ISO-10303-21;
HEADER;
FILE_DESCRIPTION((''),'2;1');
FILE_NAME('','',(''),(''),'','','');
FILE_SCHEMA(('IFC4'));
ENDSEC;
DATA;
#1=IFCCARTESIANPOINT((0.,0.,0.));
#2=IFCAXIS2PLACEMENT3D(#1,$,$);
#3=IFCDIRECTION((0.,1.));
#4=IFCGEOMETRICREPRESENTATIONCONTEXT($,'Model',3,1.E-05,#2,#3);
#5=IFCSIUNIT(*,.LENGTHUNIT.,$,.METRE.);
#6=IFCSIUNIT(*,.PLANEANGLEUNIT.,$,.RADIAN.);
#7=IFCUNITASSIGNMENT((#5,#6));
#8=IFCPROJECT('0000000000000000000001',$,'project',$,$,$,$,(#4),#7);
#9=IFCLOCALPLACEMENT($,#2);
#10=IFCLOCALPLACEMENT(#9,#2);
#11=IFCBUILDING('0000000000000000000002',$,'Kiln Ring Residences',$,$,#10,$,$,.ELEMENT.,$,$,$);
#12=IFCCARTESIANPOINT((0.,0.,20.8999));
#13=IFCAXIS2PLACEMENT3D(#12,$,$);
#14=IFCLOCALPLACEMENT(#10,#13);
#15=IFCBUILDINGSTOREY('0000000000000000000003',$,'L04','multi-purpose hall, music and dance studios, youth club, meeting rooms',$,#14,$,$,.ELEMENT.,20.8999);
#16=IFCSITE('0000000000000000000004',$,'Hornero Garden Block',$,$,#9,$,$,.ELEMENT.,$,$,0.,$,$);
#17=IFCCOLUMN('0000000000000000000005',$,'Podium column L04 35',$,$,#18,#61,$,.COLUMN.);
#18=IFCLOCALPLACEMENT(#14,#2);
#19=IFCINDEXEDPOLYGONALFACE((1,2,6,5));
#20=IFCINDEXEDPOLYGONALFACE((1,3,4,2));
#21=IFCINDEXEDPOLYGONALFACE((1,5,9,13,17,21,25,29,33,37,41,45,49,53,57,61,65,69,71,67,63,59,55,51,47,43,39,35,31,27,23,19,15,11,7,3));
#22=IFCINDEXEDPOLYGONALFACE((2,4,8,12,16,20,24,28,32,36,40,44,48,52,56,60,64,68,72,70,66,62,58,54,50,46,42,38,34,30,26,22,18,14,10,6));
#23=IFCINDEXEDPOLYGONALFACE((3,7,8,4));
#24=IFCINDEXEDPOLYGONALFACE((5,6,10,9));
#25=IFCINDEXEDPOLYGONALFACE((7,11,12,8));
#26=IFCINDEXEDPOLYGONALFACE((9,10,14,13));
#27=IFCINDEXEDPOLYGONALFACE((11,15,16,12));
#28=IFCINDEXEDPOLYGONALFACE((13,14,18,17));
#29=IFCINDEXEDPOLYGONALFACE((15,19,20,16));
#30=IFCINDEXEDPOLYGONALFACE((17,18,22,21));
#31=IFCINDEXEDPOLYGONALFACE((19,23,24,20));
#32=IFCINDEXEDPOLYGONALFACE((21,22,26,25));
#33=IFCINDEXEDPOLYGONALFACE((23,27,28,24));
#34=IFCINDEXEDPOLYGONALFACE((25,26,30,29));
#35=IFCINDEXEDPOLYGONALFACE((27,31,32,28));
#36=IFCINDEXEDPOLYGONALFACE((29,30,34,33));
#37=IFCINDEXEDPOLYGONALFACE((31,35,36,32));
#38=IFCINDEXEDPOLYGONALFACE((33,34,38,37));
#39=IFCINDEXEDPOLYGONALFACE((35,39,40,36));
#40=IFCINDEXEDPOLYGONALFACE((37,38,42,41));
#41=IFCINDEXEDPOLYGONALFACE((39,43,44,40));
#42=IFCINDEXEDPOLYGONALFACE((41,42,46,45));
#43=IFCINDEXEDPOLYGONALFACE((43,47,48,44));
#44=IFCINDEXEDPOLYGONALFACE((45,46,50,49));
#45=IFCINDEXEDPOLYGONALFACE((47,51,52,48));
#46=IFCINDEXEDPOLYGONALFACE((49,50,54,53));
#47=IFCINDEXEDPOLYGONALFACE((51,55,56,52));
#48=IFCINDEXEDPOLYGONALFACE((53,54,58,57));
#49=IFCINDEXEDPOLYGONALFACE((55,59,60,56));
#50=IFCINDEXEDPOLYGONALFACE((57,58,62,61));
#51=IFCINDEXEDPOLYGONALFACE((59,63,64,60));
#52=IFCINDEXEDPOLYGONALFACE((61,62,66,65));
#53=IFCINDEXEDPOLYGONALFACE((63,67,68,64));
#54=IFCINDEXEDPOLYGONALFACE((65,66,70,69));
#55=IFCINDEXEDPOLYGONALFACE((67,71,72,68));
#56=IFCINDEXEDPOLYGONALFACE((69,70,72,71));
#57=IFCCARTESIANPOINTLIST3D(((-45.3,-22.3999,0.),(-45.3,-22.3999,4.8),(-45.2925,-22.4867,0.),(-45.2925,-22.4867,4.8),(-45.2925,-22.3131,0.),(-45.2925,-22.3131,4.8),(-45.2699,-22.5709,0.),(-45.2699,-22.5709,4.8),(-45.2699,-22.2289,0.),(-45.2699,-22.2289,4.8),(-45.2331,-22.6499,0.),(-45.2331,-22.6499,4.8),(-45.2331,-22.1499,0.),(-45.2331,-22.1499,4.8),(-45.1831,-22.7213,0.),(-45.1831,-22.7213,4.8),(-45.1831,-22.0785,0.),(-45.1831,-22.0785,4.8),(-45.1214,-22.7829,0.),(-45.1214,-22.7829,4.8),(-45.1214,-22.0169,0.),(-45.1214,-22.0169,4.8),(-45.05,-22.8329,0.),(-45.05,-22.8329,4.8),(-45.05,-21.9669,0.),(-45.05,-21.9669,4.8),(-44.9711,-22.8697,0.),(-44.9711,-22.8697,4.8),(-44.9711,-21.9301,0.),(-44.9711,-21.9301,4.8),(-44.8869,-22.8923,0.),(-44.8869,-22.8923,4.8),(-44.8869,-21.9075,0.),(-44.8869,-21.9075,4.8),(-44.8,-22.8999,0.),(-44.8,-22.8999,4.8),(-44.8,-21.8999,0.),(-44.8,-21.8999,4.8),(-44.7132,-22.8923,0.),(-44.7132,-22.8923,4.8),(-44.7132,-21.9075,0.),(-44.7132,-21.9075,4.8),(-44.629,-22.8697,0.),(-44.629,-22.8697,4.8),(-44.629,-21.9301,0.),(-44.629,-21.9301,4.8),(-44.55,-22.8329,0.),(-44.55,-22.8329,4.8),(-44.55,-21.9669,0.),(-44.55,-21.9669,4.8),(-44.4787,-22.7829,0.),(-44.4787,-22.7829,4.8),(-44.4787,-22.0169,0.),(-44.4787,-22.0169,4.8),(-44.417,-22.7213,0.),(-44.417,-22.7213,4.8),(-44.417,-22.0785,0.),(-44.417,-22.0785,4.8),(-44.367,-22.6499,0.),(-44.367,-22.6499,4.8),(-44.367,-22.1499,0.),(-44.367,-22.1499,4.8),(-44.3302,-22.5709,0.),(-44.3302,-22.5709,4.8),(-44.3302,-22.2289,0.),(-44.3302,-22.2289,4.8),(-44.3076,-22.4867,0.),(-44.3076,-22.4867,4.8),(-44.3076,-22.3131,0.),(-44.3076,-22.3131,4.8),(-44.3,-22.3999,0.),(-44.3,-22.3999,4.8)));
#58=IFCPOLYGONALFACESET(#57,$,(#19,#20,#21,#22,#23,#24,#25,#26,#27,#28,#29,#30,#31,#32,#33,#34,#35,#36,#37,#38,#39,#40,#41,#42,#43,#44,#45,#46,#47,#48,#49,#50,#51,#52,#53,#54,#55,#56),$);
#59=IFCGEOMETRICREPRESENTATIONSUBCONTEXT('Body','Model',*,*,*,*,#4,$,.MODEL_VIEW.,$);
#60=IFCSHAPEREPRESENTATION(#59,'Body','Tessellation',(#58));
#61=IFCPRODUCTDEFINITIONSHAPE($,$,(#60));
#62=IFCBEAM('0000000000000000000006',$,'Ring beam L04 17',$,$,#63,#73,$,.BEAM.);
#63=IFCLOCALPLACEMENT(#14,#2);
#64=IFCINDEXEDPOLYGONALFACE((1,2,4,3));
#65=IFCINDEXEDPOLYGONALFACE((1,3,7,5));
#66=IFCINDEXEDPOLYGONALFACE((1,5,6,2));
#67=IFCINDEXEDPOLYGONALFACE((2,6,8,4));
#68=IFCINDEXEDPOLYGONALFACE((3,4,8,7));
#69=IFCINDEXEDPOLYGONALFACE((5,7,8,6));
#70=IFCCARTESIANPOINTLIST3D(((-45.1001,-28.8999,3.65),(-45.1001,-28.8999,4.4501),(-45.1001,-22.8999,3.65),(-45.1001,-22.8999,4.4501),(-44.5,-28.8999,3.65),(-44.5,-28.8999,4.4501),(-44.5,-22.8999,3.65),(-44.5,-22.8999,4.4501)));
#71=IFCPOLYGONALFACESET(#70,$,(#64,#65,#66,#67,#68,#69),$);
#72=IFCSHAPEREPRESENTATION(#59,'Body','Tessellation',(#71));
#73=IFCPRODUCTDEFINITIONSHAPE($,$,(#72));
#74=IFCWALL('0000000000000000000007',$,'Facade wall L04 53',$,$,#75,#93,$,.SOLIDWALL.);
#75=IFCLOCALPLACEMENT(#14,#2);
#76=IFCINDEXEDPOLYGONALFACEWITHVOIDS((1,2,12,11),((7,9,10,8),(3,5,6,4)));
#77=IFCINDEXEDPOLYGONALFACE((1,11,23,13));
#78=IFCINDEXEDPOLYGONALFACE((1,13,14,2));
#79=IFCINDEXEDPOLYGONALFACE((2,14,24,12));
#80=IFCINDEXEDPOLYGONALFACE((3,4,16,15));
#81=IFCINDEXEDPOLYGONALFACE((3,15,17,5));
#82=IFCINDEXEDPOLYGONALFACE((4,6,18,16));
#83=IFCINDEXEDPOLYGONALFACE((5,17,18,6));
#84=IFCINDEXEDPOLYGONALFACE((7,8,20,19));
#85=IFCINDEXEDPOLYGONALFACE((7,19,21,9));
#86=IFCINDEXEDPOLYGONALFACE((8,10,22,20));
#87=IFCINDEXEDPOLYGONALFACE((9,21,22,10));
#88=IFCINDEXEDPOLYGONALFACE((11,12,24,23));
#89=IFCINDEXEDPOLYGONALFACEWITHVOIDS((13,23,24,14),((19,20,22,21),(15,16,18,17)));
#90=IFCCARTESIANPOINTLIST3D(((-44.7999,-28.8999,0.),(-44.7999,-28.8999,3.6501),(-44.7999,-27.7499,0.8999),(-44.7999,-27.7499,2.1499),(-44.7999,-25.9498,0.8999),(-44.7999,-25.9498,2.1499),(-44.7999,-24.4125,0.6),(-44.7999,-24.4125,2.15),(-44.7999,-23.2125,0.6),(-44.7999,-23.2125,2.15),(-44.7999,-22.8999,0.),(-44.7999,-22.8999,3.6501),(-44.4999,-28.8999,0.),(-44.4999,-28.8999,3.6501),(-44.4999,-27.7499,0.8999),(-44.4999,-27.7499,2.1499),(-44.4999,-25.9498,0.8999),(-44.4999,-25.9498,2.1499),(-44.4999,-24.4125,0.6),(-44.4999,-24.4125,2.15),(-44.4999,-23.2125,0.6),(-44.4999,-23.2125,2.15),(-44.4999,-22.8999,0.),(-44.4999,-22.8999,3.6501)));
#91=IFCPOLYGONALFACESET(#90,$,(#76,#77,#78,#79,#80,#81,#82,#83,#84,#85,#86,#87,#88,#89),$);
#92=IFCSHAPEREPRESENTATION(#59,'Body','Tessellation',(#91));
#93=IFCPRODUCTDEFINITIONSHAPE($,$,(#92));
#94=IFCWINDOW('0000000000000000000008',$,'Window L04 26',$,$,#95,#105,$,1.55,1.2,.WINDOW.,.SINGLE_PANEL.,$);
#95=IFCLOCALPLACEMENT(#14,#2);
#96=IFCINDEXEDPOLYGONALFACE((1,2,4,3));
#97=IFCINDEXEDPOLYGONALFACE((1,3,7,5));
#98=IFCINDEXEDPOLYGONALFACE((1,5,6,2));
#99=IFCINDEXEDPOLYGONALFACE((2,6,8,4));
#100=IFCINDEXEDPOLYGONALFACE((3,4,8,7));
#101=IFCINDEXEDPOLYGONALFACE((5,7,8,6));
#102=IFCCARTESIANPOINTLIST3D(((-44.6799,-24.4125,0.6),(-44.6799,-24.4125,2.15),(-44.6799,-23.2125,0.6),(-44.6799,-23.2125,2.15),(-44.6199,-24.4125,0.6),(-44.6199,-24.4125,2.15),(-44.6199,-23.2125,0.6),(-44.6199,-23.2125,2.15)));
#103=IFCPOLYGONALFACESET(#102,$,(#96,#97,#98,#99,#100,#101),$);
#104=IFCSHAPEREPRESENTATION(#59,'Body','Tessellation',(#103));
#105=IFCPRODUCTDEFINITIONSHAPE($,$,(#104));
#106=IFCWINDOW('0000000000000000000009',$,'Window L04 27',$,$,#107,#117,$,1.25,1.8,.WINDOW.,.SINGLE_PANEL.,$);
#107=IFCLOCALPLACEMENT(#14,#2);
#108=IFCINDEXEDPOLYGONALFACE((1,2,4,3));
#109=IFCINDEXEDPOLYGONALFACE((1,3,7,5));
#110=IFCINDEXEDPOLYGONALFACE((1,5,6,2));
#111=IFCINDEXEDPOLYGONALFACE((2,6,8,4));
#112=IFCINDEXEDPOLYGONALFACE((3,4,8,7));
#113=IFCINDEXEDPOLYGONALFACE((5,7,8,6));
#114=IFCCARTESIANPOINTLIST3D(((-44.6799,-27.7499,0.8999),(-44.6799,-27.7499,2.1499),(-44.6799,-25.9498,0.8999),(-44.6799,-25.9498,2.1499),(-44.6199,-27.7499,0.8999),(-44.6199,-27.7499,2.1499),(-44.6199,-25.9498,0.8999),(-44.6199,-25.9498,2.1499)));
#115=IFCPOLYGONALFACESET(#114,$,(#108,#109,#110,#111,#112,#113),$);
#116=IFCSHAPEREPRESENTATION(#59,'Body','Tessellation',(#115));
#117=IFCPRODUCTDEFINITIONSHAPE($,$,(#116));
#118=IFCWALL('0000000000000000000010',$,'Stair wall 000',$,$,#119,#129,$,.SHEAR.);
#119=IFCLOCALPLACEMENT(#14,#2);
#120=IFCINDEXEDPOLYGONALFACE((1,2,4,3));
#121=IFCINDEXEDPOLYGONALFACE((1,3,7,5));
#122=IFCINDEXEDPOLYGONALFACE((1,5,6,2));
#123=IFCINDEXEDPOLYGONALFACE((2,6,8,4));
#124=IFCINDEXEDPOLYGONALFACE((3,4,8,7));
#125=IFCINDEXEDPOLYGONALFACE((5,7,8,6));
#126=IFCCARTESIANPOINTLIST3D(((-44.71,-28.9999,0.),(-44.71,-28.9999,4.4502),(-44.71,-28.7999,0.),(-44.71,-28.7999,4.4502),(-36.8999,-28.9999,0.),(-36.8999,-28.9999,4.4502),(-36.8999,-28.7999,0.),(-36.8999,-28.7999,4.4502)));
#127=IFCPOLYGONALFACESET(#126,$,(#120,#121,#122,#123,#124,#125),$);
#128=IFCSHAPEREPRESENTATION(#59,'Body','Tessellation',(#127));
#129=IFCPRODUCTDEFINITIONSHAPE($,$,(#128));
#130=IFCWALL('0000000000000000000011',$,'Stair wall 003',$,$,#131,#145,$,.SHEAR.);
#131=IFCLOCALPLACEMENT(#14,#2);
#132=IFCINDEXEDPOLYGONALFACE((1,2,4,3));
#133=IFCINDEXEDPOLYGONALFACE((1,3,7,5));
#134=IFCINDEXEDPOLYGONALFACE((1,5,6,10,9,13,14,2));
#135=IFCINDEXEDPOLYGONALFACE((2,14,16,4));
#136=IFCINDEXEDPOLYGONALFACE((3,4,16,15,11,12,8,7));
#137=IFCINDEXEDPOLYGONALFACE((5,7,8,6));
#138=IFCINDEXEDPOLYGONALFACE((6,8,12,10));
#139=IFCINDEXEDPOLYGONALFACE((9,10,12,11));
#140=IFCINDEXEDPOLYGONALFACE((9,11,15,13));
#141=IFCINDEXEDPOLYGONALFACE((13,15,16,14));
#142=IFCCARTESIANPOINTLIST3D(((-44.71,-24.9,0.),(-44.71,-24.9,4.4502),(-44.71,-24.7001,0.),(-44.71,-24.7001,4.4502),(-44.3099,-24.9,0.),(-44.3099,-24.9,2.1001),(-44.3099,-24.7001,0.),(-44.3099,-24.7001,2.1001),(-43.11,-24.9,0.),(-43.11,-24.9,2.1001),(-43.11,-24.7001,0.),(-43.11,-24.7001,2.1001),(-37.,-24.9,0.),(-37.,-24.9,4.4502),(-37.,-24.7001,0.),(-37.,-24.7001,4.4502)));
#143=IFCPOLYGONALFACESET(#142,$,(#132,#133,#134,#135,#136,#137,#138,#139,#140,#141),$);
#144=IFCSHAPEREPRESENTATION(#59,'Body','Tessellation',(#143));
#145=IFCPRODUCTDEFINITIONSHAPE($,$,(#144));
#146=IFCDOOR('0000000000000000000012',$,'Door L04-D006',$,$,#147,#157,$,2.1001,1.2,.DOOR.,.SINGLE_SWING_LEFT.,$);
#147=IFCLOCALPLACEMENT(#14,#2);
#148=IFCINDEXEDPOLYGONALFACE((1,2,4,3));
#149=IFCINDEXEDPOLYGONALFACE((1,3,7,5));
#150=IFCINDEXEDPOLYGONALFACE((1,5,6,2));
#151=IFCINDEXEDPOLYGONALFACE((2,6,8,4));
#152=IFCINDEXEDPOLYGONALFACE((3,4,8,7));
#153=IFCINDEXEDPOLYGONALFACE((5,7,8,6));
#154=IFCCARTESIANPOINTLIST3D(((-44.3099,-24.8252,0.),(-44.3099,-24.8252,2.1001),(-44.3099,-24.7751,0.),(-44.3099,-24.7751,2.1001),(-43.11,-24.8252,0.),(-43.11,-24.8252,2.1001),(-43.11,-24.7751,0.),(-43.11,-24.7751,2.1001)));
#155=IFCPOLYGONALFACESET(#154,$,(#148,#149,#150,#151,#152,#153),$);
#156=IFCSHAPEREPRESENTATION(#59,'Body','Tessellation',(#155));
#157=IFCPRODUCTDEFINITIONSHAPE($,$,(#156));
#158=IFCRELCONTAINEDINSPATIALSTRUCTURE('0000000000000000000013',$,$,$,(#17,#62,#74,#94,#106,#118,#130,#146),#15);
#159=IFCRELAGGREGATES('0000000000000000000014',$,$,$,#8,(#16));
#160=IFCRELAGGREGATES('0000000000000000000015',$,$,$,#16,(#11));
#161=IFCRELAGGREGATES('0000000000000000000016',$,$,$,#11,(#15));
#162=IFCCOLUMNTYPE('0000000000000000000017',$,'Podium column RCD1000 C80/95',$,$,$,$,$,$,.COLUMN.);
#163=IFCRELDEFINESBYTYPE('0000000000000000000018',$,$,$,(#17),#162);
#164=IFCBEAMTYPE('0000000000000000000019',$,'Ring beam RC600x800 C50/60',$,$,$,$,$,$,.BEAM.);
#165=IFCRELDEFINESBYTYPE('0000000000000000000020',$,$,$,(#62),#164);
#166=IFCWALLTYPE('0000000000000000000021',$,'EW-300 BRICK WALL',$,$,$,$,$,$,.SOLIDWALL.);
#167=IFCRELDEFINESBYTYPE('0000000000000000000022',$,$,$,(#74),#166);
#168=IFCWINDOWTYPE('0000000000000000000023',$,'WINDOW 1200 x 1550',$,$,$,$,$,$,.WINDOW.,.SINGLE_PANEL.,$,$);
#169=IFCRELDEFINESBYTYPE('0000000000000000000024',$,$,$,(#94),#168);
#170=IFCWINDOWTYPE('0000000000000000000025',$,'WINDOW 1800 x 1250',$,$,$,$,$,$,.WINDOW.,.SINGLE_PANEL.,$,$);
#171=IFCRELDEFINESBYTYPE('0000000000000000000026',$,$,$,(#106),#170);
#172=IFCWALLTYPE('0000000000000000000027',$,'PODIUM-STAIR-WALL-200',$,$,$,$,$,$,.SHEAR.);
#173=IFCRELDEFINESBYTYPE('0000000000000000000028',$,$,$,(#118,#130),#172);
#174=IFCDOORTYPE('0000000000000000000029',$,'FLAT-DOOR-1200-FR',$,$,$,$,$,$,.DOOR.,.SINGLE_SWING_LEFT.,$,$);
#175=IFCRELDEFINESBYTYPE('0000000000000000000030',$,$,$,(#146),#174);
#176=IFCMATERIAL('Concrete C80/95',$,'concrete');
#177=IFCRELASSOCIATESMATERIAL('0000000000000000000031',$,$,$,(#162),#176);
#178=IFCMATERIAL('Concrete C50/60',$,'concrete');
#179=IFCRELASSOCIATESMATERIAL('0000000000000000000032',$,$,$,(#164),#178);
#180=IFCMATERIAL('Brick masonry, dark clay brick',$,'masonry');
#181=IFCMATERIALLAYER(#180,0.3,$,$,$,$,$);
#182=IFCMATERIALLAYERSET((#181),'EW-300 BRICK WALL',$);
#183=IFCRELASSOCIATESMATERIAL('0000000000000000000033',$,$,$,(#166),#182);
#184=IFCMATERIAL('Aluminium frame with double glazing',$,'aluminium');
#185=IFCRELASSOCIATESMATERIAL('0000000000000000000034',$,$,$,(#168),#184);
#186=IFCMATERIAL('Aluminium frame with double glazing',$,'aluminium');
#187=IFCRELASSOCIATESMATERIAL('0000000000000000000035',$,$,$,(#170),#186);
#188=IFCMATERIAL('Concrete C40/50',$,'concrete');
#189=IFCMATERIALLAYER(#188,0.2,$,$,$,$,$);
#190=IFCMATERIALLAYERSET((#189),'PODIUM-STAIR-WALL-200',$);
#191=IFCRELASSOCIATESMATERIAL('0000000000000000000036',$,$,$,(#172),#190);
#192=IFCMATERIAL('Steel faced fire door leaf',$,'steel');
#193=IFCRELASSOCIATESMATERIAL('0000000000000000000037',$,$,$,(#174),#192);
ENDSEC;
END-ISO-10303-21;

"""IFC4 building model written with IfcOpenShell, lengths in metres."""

from ifc_helpers import new_model, si_unit, direction, frame, frame_2d, origin, origin_2d, place, context, subcontext, project, spatial, rectangle, circle, extrude, material, layer, layer_set, material_profile, profile_set, type_object, element, fill, save


model = new_model("IFC4")

# Units and contexts
model_context = context("Model", 3, precision=1e-05, world=origin(), true_north=direction((0.0, 1.0)))
body_context = subcontext(model_context, "Body", "Model", "MODEL_VIEW")
ifc_project = project(units=[si_unit("LENGTHUNIT", "METRE"), si_unit("PLANEANGLEUNIT", "RADIAN")], contexts=[model_context])

# Site, building, storey
site_placement = place(None, origin())
site = spatial("IfcSite", under=ifc_project, at=site_placement, Name="Hornero Garden Block", CompositionType="ELEMENT", RefElevation=0.0)
building_placement = place(site_placement, origin())
building = spatial("IfcBuilding", under=site, at=building_placement, Name="Kiln Ring Residences", CompositionType="ELEMENT")
storey_placement = place(building_placement, frame((0.0, 0.0, 20.8999)))
storey = spatial("IfcBuildingStorey", under=building, at=storey_placement, Name="L04", Description="multi-purpose hall, music and dance studios, youth club, meeting rooms", CompositionType="ELEMENT", Elevation=20.8999)

# Column
ifc_material_1 = material(Name="Concrete C80/95", Category="concrete")
ifc_material_profile_1 = material_profile(ifc_material_1, circle(Radius=0.5, at=origin_2d()), Name="RCD1000")
ifc_profile_set_1 = profile_set([ifc_material_profile_1], Name="Concrete C80/95")
column_type = type_object("IfcColumnType", Name="Podium column RCD1000 C80/95", PredefinedType="COLUMN", material=ifc_profile_set_1)
column_placement = place(storey_placement, frame((-44.8, -22.3999, 0.0), z_axis=(0.0, 0.0, 1.0), x_axis=(1.0, 0.0, 0.0)))
element("IfcColumn", 1, at=column_placement, inside=storey, type_object=column_type, Name="Podium column L04 35", PredefinedType="COLUMN", context=body_context, shape_type="SweptSolid", body=[
    extrude(circle(Radius=0.5, at=origin_2d()), origin(), (0.0, 0.0, 1.0), 4.8),
])

# Beam
ifc_material_2 = material(Name="Concrete C50/60", Category="concrete")
ifc_material_profile_2 = material_profile(ifc_material_2, rectangle(XDim=0.6001, YDim=0.8, at=origin_2d()), Name="RC600x800")
ifc_profile_set_2 = profile_set([ifc_material_profile_2], Name="Concrete C50/60")
beam_type = type_object("IfcBeamType", Name="Ring beam RC600x800 C50/60", PredefinedType="BEAM", material=ifc_profile_set_2)
beam_placement = place(storey_placement, frame((-44.8, -22.8999, 4.05), z_axis=(0.0, -1.0, 0.0), x_axis=(1.0, 0.0, 0.0)))
element("IfcBeam", 2, at=beam_placement, inside=storey, type_object=beam_type, Name="Ring beam L04 17", PredefinedType="BEAM", context=body_context, shape_type="SweptSolid", body=[
    extrude(rectangle(XDim=0.6001, YDim=0.8, at=origin_2d()), origin(), (0.0, 0.0, 1.0), 6.0),
])

# Wall, openings, windows
ifc_material_3 = material(Name="Brick masonry, dark clay brick", Category="masonry")
ifc_layer_1 = layer(ifc_material_3, 0.3)
ifc_layer_set_1 = layer_set([ifc_layer_1], Name="EW-300 BRICK WALL")
wall_type_1 = type_object("IfcWallType", Name="EW-300 BRICK WALL", PredefinedType="SOLIDWALL", material=ifc_layer_set_1)
wall_1_placement = place(storey_placement, frame((-44.6499, -22.8999, 0.0), z_axis=(0.0, 0.0, 1.0), x_axis=(0.0, -1.0, 0.0)))
wall_1 = element("IfcWall", 3, at=wall_1_placement, inside=storey, type_object=wall_type_1, Name="Facade wall L04 53", PredefinedType="SOLIDWALL", context=body_context, shape_type="SweptSolid", body=[
    extrude(rectangle(XDim=6.0, YDim=0.3, at=frame_2d((3.0, 0.0))), origin(), (0.0, 0.0, 1.0), 3.6501),
])
opening_1_placement = place(wall_1_placement, frame((0.3125, 0.0, 0.6001)))
opening_1 = element("IfcOpeningElement", 4, at=opening_1_placement, cuts=wall_1, PredefinedType="OPENING", context=body_context, shape_type="SweptSolid", body=[
    extrude(rectangle(XDim=1.2, YDim=1.55, at=frame_2d((0.6001, 0.7749))), frame((0.0, 0.1599, 0.0), z_axis=(0.0, -1.0, 0.0), x_axis=(1.0, 0.0, 0.0)), (0.0, 0.0, 1.0), 0.3201),
])
opening_2_placement = place(wall_1_placement, frame((3.05, 0.0, 0.8999)))
opening_2 = element("IfcOpeningElement", 5, at=opening_2_placement, cuts=wall_1, PredefinedType="OPENING", context=body_context, shape_type="SweptSolid", body=[
    extrude(rectangle(XDim=1.8, YDim=1.25, at=frame_2d((0.8999, 0.625))), frame((0.0, 0.1599, 0.0), z_axis=(0.0, -1.0, 0.0), x_axis=(1.0, 0.0, 0.0)), (0.0, 0.0, 1.0), 0.3201),
])
ifc_material_4 = material(Name="Aluminium frame with double glazing", Category="aluminium")
window_type_1 = type_object("IfcWindowType", Name="WINDOW 1200 x 1550", PartitioningType="SINGLE_PANEL", PredefinedType="WINDOW", material=ifc_material_4)
window_1_placement = place(opening_1_placement, origin())
window_1 = element("IfcWindow", 6, at=window_1_placement, inside=storey, type_object=window_type_1, Name="Window L04 26", OverallHeight=1.55, OverallWidth=1.2, PartitioningType="SINGLE_PANEL", PredefinedType="WINDOW", context=body_context, shape_type="SweptSolid", body=[
    extrude(rectangle(XDim=1.2, YDim=1.55, at=frame_2d((0.6001, 0.7749))), frame((0.0, 0.03, 0.0), z_axis=(0.0, -1.0, 0.0), x_axis=(1.0, 0.0, 0.0)), (0.0, 0.0, 1.0), 0.0601),
])
fill(opening_1, window_1)
ifc_material_5 = material(Name="Aluminium frame with double glazing", Category="aluminium")
window_type_2 = type_object("IfcWindowType", Name="WINDOW 1800 x 1250", PartitioningType="SINGLE_PANEL", PredefinedType="WINDOW", material=ifc_material_5)
window_2_placement = place(opening_2_placement, origin())
window_2 = element("IfcWindow", 7, at=window_2_placement, inside=storey, type_object=window_type_2, Name="Window L04 27", OverallHeight=1.25, OverallWidth=1.8, PartitioningType="SINGLE_PANEL", PredefinedType="WINDOW", context=body_context, shape_type="SweptSolid", body=[
    extrude(rectangle(XDim=1.8, YDim=1.25, at=frame_2d((0.8999, 0.625))), frame((0.0, 0.03, 0.0), z_axis=(0.0, -1.0, 0.0), x_axis=(1.0, 0.0, 0.0)), (0.0, 0.0, 1.0), 0.0601),
])
fill(opening_2, window_2)

# Wall
ifc_material_6 = material(Name="Concrete C40/50", Category="concrete")
ifc_layer_2 = layer(ifc_material_6, 0.2)
ifc_layer_set_2 = layer_set([ifc_layer_2], Name="PODIUM-STAIR-WALL-200")
wall_type_2 = type_object("IfcWallType", Name="PODIUM-STAIR-WALL-200", PredefinedType="SHEAR", material=ifc_layer_set_2)
wall_2_placement = place(storey_placement, frame((-44.71, -28.8999, 0.0), z_axis=(0.0, 0.0, 1.0), x_axis=(1.0, 0.0, 0.0)))
element("IfcWall", 8, at=wall_2_placement, inside=storey, type_object=wall_type_2, Name="Stair wall 000", PredefinedType="SHEAR", context=body_context, shape_type="SweptSolid", body=[
    extrude(rectangle(XDim=7.8101, YDim=0.2, at=frame_2d((3.905, 0.0))), origin(), (0.0, 0.0, 1.0), 4.4502),
])

# Wall, opening, door
wall_3_placement = place(storey_placement, frame((-44.71, -24.8, 0.0), z_axis=(0.0, 0.0, 1.0), x_axis=(1.0, 0.0, 0.0)))
wall_3 = element("IfcWall", 9, at=wall_3_placement, inside=storey, type_object=wall_type_2, Name="Stair wall 003", PredefinedType="SHEAR", context=body_context, shape_type="SweptSolid", body=[
    extrude(rectangle(XDim=7.71, YDim=0.2, at=frame_2d((3.855, 0.0))), origin(), (0.0, 0.0, 1.0), 4.4502),
])
opening_3_placement = place(wall_3_placement, frame((0.3999, 0.0, 0.0)))
opening_3 = element("IfcOpeningElement", 10, at=opening_3_placement, cuts=wall_3, PredefinedType="OPENING", context=body_context, shape_type="SweptSolid", body=[
    extrude(rectangle(XDim=1.2, YDim=2.1001, at=frame_2d((0.6001, 1.05))), frame((0.0, 0.1099, 0.0), z_axis=(0.0, -1.0, 0.0), x_axis=(1.0, 0.0, 0.0)), (0.0, 0.0, 1.0), 0.22),
])
ifc_material_7 = material(Name="Steel faced fire door leaf", Category="steel")
door_type = type_object("IfcDoorType", Name="FLAT-DOOR-1200-FR", OperationType="SINGLE_SWING_LEFT", PredefinedType="DOOR", material=ifc_material_7)
door_placement = place(opening_3_placement, origin())
door = element("IfcDoor", 11, at=door_placement, inside=storey, type_object=door_type, Name="Door L04-D006", OperationType="SINGLE_SWING_LEFT", OverallHeight=2.1001, OverallWidth=1.2, PredefinedType="DOOR", context=body_context, shape_type="SweptSolid", body=[
    extrude(rectangle(XDim=1.2, YDim=2.1001, at=frame_2d((0.6001, 1.05))), frame((0.0, 0.0249, 0.0), z_axis=(0.0, -1.0, 0.0), x_axis=(1.0, 0.0, 0.0)), (0.0, 0.0, 1.0), 0.05),
])
fill(opening_3, door)

save(model, "model.ifc")
